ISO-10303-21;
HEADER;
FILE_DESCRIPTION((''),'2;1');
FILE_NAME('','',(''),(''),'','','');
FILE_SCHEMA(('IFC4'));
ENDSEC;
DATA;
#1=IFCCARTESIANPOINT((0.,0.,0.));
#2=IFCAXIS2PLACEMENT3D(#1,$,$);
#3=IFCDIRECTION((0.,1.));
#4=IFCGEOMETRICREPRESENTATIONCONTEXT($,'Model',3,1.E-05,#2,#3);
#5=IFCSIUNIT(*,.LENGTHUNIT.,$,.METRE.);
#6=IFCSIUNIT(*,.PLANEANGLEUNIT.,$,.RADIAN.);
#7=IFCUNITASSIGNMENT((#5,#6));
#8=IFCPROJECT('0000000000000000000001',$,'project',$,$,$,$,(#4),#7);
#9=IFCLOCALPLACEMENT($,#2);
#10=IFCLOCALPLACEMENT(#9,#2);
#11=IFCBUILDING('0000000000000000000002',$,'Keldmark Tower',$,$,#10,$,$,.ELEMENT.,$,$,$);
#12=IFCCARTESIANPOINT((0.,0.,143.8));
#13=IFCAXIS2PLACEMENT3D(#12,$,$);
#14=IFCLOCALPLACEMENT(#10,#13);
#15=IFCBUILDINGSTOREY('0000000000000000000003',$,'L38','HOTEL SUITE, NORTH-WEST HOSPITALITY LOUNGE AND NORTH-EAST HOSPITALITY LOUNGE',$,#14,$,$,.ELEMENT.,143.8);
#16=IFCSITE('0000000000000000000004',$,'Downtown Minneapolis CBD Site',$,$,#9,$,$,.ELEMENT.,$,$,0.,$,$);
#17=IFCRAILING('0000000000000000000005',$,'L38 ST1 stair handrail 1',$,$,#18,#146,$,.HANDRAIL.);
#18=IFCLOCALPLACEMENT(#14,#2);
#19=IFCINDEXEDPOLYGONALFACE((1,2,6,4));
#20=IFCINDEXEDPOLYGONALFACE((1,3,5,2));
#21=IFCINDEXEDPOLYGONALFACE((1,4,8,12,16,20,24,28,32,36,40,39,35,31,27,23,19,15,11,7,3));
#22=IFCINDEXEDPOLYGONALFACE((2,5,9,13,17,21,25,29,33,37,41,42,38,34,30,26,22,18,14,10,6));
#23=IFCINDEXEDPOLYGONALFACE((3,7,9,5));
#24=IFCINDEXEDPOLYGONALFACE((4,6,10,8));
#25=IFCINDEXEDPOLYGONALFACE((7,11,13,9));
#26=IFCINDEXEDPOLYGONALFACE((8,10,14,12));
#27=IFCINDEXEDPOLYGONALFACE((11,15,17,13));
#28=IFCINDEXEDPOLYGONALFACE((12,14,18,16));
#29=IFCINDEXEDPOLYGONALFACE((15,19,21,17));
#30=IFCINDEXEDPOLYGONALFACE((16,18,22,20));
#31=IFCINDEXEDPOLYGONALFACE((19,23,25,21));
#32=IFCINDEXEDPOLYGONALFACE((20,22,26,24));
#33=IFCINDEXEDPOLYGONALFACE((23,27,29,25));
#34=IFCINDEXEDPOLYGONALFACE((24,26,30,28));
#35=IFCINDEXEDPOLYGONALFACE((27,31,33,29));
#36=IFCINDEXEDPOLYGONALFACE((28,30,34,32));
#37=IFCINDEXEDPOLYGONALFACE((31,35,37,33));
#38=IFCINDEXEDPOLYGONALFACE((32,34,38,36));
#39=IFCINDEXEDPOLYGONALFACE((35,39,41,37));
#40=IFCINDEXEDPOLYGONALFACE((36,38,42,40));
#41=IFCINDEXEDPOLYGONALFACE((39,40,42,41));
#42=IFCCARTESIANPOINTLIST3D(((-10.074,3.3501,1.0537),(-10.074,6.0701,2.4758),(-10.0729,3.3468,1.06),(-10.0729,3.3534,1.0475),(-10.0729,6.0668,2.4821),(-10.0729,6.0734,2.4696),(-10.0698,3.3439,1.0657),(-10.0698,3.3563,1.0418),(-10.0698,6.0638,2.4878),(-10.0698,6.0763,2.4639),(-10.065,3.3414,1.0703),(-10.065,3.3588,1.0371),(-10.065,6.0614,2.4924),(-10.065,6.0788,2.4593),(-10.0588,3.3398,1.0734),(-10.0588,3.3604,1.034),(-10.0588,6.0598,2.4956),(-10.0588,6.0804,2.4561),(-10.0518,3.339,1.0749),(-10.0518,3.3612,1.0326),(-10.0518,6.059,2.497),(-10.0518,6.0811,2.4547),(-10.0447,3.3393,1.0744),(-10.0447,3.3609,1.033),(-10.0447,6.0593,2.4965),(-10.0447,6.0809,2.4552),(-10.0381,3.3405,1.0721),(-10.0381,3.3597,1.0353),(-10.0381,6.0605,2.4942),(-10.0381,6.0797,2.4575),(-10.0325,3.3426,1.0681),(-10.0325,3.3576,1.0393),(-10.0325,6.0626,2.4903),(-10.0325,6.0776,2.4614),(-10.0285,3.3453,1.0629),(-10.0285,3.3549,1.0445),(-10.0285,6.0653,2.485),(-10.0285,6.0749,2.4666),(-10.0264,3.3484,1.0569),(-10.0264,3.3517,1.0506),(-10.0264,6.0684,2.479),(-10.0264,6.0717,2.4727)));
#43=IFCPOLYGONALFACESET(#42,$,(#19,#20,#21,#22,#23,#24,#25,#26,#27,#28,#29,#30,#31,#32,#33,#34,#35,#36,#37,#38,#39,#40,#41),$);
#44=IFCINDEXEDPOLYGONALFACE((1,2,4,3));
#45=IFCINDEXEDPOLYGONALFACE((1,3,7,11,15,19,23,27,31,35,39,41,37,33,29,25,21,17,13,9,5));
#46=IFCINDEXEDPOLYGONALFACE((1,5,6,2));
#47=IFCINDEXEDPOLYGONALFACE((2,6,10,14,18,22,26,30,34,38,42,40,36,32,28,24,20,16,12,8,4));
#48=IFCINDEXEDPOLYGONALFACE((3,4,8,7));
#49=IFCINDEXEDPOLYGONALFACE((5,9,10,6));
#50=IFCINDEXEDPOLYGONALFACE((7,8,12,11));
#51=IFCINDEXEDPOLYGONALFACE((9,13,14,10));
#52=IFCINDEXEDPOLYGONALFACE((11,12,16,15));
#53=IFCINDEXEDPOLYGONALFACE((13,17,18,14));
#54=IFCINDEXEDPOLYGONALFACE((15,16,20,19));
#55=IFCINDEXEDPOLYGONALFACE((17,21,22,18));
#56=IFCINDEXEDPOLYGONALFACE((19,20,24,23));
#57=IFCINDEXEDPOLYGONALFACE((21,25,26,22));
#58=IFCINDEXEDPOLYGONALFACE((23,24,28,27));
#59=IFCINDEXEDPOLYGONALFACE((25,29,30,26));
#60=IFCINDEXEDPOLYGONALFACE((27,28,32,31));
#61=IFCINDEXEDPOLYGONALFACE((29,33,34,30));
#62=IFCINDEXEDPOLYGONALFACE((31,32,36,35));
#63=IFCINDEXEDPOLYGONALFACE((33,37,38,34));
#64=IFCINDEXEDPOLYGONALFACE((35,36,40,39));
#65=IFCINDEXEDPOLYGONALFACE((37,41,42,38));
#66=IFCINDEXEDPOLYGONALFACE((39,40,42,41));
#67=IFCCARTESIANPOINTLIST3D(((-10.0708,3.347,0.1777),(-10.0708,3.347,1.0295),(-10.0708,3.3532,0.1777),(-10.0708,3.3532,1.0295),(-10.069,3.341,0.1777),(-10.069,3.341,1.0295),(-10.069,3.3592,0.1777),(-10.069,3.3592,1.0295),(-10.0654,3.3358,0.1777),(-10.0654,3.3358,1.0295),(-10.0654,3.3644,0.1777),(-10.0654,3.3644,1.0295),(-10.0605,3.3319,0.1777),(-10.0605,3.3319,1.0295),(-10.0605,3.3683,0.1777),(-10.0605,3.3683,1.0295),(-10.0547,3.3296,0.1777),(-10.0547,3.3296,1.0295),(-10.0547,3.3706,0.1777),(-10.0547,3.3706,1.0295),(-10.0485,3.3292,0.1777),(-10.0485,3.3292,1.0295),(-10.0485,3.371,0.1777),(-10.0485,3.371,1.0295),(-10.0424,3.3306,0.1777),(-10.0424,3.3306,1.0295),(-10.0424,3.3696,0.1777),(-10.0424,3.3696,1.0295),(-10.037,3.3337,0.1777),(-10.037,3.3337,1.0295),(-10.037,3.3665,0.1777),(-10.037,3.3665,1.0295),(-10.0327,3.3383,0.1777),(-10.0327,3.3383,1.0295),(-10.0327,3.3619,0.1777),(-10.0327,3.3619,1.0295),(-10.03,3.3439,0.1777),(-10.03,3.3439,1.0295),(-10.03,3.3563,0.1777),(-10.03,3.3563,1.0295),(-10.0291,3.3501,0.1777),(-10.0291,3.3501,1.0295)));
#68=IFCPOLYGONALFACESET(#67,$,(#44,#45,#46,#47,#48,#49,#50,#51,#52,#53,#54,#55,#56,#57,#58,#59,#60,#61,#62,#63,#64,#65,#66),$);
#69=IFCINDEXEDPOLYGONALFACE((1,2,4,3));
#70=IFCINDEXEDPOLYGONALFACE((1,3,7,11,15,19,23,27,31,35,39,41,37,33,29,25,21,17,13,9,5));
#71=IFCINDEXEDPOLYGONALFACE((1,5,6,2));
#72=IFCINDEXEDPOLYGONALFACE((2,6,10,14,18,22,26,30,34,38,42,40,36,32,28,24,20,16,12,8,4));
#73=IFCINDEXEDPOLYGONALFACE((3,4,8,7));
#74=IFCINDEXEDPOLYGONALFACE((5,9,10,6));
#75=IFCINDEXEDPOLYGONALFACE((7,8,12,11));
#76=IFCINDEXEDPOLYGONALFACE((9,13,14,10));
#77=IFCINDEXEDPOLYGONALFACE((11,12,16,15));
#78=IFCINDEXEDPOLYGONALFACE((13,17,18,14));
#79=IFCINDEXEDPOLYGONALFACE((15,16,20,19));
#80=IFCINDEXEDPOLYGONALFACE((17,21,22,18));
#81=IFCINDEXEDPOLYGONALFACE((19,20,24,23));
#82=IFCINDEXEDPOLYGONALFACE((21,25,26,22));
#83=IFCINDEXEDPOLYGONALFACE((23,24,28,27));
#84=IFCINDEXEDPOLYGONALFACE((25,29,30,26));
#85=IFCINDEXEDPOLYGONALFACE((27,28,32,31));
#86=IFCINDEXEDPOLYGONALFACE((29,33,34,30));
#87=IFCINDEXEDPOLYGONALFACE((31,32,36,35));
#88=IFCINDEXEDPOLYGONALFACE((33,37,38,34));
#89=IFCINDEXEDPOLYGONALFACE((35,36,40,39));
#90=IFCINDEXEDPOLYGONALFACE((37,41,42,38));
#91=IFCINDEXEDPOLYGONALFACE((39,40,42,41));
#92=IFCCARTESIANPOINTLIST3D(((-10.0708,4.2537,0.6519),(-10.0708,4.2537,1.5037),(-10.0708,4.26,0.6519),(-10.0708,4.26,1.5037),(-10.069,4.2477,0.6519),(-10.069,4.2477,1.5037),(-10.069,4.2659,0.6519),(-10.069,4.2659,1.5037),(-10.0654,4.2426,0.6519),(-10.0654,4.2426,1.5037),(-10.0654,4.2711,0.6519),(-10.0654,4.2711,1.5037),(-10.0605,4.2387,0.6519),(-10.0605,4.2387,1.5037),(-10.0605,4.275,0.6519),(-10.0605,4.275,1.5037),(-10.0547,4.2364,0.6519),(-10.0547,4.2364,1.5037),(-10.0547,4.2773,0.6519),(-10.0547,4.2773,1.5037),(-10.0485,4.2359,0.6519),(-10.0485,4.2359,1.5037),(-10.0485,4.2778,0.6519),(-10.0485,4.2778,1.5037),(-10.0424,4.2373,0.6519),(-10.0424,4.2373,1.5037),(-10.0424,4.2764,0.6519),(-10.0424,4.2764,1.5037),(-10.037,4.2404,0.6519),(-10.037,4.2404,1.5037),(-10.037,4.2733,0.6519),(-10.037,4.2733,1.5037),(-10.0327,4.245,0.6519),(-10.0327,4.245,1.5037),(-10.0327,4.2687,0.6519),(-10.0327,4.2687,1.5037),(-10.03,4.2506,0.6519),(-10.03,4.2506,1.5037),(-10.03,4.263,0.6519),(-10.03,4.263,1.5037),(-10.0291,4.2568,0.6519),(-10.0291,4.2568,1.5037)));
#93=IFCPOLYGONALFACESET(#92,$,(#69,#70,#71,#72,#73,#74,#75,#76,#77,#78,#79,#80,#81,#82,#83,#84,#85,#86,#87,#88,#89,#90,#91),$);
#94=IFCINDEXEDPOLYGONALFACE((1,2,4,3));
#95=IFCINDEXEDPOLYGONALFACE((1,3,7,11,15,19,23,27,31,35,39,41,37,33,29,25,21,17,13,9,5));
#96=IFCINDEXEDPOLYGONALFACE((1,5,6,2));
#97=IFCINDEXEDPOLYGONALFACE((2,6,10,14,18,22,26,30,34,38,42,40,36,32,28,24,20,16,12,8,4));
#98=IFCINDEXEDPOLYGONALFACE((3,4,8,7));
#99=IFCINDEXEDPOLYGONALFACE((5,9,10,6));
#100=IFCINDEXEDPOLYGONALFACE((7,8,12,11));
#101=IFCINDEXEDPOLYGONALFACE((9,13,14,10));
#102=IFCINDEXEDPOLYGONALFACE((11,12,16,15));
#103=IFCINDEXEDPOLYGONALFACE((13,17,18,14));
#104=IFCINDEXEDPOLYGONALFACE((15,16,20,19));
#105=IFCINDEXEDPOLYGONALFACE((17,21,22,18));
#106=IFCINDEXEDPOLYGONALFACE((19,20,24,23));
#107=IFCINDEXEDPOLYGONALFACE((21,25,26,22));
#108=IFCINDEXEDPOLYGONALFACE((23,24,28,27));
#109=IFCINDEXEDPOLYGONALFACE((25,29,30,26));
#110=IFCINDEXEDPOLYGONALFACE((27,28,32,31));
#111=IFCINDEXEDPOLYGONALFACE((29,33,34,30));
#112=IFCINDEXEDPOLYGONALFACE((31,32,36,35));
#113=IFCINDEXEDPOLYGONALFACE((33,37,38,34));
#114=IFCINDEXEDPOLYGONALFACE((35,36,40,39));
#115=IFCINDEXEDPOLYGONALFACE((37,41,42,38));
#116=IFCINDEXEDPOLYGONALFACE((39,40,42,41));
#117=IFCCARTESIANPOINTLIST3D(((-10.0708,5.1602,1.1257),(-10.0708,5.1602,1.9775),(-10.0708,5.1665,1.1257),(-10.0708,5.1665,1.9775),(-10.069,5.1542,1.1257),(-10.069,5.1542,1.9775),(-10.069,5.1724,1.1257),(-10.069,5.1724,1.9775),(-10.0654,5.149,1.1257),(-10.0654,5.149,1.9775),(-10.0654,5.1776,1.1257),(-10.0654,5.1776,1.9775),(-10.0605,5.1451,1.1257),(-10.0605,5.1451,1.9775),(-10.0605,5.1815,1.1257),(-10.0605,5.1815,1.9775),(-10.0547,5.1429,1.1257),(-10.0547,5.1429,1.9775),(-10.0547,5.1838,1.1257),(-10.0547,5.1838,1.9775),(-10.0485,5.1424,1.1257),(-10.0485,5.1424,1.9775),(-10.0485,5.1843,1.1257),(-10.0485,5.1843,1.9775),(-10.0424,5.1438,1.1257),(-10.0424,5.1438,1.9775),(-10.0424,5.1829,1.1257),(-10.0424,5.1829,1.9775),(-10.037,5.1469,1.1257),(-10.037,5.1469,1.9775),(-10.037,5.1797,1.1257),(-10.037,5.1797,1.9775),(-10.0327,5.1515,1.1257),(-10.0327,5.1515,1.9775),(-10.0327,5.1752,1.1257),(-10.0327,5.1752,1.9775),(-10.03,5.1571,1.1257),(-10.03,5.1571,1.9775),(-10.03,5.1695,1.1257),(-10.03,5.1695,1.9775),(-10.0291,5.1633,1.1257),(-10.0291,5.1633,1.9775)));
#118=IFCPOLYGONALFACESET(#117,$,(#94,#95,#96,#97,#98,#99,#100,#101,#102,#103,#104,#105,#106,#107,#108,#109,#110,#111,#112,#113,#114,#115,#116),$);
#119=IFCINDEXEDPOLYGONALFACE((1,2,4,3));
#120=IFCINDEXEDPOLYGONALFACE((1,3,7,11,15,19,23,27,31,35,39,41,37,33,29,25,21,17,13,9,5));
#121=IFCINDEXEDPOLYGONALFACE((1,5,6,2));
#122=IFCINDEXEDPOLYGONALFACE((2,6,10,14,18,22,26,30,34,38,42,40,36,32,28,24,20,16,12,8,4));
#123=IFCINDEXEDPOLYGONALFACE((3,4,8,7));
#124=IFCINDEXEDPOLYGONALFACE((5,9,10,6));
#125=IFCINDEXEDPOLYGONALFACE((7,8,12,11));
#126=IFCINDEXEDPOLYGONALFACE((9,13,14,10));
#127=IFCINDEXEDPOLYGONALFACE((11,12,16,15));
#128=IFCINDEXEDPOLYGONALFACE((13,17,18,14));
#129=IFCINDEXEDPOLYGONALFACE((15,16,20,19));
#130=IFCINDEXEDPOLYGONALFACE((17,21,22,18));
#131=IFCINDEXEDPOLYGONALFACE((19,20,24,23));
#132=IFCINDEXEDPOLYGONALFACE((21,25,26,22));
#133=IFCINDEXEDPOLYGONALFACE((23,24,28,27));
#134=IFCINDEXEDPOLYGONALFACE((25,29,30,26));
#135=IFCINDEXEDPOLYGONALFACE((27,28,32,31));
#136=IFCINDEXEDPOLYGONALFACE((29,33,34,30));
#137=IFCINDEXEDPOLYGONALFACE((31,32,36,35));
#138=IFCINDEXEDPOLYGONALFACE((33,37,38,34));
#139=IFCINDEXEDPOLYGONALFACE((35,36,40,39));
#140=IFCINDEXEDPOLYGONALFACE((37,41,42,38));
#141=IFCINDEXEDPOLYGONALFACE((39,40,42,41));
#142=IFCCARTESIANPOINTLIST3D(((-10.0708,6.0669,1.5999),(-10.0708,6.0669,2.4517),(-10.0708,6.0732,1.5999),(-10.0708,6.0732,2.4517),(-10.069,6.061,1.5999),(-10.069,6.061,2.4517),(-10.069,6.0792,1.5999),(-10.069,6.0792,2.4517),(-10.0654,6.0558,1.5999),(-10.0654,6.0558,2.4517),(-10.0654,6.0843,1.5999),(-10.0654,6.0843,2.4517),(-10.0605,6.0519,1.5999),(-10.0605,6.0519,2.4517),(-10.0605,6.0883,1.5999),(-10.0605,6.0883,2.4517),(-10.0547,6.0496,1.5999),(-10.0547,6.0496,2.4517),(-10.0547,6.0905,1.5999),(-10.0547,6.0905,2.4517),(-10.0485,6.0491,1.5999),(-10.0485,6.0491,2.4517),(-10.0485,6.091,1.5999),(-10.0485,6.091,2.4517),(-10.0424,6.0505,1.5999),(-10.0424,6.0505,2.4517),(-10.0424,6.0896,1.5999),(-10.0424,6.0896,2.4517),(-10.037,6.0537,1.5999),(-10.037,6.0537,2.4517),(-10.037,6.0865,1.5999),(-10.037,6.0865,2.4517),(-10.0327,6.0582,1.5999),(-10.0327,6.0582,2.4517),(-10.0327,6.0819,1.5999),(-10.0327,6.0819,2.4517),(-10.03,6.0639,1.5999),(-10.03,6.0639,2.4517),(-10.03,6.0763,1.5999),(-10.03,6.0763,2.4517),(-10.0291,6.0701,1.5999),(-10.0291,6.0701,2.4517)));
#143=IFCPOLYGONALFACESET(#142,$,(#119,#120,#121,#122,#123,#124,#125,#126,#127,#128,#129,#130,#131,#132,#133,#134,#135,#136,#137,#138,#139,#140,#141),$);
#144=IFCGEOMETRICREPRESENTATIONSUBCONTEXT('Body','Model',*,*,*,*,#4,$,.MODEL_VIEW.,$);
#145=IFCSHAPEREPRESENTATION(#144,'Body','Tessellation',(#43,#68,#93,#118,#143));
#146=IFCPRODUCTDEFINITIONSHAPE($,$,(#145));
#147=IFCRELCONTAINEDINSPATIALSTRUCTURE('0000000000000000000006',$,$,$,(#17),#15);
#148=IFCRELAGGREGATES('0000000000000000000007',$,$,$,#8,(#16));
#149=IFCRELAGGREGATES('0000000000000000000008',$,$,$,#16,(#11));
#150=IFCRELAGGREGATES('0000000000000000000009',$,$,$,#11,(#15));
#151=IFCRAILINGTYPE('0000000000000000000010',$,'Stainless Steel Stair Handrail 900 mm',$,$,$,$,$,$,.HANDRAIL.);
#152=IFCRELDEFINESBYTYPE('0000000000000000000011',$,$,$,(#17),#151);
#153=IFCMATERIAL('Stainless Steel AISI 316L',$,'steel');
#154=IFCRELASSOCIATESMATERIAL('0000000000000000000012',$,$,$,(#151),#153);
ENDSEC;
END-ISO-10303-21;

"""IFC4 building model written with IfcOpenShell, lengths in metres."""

from ifc_helpers import new_model, si_unit, direction, frame, origin, origin_2d, place, context, subcontext, project, spatial, circle, extrude, material, type_object, element, save


model = new_model("IFC4")

# Units and contexts
model_context = context("Model", 3, precision=1e-05, world=origin(), true_north=direction((0.0, 1.0)))
body_context = subcontext(model_context, "Body", "Model", "MODEL_VIEW")
ifc_project = project(units=[si_unit("LENGTHUNIT", "METRE"), si_unit("PLANEANGLEUNIT", "RADIAN")], contexts=[model_context])

# Site, building, storey
site_placement = place(None, origin())
site = spatial("IfcSite", under=ifc_project, at=site_placement, Name="Downtown Minneapolis CBD Site", CompositionType="ELEMENT", RefElevation=0.0)
building_placement = place(site_placement, origin())
building = spatial("IfcBuilding", under=site, at=building_placement, Name="Keldmark Tower", CompositionType="ELEMENT")
storey_placement = place(building_placement, frame((0.0, 0.0, 143.8)))
storey = spatial("IfcBuildingStorey", under=building, at=storey_placement, Name="L38", Description="HOTEL SUITE, NORTH-WEST HOSPITALITY LOUNGE AND NORTH-EAST HOSPITALITY LOUNGE", CompositionType="ELEMENT", Elevation=143.8)

# Railing
ifc_material_1 = material(Name="Stainless Steel AISI 316L", Category="steel")
railing_type_1 = type_object("IfcRailingType", Name="Stainless Steel Stair Handrail 900 mm", PredefinedType="HANDRAIL", material=ifc_material_1)
railing_1_placement = place(storey_placement, frame((-10.05, 3.3501, 0.1777)))
element("IfcRailing", 1, at=railing_1_placement, inside=storey, type_object=railing_type_1, Name="L38 ST1 stair handrail 1", PredefinedType="HANDRAIL", context=body_context, shape_type="SweptSolid", body=[
    extrude(circle(Radius=0.0239, at=origin_2d()), frame((0.0, 0.0, 0.876), z_axis=(0.0, 0.886183, 0.463335), x_axis=(-1.0, 0.0, 0.0)), (0.0, 0.0, 1.0), 3.0693),
    extrude(circle(Radius=0.021, at=origin_2d()), origin(), (0.0, 0.0, 1.0), 0.8518),
    extrude(circle(Radius=0.021, at=origin_2d()), frame((0.0, 0.9067, 0.4741)), (0.0, 0.0, 1.0), 0.8518),
    extrude(circle(Radius=0.021, at=origin_2d()), frame((0.0, 1.8132, 0.948)), (0.0, 0.0, 1.0), 0.8518),
    extrude(circle(Radius=0.021, at=origin_2d()), frame((0.0, 2.72, 1.4221)), (0.0, 0.0, 1.0), 0.8518),
])

save(model, "model.ifc")
